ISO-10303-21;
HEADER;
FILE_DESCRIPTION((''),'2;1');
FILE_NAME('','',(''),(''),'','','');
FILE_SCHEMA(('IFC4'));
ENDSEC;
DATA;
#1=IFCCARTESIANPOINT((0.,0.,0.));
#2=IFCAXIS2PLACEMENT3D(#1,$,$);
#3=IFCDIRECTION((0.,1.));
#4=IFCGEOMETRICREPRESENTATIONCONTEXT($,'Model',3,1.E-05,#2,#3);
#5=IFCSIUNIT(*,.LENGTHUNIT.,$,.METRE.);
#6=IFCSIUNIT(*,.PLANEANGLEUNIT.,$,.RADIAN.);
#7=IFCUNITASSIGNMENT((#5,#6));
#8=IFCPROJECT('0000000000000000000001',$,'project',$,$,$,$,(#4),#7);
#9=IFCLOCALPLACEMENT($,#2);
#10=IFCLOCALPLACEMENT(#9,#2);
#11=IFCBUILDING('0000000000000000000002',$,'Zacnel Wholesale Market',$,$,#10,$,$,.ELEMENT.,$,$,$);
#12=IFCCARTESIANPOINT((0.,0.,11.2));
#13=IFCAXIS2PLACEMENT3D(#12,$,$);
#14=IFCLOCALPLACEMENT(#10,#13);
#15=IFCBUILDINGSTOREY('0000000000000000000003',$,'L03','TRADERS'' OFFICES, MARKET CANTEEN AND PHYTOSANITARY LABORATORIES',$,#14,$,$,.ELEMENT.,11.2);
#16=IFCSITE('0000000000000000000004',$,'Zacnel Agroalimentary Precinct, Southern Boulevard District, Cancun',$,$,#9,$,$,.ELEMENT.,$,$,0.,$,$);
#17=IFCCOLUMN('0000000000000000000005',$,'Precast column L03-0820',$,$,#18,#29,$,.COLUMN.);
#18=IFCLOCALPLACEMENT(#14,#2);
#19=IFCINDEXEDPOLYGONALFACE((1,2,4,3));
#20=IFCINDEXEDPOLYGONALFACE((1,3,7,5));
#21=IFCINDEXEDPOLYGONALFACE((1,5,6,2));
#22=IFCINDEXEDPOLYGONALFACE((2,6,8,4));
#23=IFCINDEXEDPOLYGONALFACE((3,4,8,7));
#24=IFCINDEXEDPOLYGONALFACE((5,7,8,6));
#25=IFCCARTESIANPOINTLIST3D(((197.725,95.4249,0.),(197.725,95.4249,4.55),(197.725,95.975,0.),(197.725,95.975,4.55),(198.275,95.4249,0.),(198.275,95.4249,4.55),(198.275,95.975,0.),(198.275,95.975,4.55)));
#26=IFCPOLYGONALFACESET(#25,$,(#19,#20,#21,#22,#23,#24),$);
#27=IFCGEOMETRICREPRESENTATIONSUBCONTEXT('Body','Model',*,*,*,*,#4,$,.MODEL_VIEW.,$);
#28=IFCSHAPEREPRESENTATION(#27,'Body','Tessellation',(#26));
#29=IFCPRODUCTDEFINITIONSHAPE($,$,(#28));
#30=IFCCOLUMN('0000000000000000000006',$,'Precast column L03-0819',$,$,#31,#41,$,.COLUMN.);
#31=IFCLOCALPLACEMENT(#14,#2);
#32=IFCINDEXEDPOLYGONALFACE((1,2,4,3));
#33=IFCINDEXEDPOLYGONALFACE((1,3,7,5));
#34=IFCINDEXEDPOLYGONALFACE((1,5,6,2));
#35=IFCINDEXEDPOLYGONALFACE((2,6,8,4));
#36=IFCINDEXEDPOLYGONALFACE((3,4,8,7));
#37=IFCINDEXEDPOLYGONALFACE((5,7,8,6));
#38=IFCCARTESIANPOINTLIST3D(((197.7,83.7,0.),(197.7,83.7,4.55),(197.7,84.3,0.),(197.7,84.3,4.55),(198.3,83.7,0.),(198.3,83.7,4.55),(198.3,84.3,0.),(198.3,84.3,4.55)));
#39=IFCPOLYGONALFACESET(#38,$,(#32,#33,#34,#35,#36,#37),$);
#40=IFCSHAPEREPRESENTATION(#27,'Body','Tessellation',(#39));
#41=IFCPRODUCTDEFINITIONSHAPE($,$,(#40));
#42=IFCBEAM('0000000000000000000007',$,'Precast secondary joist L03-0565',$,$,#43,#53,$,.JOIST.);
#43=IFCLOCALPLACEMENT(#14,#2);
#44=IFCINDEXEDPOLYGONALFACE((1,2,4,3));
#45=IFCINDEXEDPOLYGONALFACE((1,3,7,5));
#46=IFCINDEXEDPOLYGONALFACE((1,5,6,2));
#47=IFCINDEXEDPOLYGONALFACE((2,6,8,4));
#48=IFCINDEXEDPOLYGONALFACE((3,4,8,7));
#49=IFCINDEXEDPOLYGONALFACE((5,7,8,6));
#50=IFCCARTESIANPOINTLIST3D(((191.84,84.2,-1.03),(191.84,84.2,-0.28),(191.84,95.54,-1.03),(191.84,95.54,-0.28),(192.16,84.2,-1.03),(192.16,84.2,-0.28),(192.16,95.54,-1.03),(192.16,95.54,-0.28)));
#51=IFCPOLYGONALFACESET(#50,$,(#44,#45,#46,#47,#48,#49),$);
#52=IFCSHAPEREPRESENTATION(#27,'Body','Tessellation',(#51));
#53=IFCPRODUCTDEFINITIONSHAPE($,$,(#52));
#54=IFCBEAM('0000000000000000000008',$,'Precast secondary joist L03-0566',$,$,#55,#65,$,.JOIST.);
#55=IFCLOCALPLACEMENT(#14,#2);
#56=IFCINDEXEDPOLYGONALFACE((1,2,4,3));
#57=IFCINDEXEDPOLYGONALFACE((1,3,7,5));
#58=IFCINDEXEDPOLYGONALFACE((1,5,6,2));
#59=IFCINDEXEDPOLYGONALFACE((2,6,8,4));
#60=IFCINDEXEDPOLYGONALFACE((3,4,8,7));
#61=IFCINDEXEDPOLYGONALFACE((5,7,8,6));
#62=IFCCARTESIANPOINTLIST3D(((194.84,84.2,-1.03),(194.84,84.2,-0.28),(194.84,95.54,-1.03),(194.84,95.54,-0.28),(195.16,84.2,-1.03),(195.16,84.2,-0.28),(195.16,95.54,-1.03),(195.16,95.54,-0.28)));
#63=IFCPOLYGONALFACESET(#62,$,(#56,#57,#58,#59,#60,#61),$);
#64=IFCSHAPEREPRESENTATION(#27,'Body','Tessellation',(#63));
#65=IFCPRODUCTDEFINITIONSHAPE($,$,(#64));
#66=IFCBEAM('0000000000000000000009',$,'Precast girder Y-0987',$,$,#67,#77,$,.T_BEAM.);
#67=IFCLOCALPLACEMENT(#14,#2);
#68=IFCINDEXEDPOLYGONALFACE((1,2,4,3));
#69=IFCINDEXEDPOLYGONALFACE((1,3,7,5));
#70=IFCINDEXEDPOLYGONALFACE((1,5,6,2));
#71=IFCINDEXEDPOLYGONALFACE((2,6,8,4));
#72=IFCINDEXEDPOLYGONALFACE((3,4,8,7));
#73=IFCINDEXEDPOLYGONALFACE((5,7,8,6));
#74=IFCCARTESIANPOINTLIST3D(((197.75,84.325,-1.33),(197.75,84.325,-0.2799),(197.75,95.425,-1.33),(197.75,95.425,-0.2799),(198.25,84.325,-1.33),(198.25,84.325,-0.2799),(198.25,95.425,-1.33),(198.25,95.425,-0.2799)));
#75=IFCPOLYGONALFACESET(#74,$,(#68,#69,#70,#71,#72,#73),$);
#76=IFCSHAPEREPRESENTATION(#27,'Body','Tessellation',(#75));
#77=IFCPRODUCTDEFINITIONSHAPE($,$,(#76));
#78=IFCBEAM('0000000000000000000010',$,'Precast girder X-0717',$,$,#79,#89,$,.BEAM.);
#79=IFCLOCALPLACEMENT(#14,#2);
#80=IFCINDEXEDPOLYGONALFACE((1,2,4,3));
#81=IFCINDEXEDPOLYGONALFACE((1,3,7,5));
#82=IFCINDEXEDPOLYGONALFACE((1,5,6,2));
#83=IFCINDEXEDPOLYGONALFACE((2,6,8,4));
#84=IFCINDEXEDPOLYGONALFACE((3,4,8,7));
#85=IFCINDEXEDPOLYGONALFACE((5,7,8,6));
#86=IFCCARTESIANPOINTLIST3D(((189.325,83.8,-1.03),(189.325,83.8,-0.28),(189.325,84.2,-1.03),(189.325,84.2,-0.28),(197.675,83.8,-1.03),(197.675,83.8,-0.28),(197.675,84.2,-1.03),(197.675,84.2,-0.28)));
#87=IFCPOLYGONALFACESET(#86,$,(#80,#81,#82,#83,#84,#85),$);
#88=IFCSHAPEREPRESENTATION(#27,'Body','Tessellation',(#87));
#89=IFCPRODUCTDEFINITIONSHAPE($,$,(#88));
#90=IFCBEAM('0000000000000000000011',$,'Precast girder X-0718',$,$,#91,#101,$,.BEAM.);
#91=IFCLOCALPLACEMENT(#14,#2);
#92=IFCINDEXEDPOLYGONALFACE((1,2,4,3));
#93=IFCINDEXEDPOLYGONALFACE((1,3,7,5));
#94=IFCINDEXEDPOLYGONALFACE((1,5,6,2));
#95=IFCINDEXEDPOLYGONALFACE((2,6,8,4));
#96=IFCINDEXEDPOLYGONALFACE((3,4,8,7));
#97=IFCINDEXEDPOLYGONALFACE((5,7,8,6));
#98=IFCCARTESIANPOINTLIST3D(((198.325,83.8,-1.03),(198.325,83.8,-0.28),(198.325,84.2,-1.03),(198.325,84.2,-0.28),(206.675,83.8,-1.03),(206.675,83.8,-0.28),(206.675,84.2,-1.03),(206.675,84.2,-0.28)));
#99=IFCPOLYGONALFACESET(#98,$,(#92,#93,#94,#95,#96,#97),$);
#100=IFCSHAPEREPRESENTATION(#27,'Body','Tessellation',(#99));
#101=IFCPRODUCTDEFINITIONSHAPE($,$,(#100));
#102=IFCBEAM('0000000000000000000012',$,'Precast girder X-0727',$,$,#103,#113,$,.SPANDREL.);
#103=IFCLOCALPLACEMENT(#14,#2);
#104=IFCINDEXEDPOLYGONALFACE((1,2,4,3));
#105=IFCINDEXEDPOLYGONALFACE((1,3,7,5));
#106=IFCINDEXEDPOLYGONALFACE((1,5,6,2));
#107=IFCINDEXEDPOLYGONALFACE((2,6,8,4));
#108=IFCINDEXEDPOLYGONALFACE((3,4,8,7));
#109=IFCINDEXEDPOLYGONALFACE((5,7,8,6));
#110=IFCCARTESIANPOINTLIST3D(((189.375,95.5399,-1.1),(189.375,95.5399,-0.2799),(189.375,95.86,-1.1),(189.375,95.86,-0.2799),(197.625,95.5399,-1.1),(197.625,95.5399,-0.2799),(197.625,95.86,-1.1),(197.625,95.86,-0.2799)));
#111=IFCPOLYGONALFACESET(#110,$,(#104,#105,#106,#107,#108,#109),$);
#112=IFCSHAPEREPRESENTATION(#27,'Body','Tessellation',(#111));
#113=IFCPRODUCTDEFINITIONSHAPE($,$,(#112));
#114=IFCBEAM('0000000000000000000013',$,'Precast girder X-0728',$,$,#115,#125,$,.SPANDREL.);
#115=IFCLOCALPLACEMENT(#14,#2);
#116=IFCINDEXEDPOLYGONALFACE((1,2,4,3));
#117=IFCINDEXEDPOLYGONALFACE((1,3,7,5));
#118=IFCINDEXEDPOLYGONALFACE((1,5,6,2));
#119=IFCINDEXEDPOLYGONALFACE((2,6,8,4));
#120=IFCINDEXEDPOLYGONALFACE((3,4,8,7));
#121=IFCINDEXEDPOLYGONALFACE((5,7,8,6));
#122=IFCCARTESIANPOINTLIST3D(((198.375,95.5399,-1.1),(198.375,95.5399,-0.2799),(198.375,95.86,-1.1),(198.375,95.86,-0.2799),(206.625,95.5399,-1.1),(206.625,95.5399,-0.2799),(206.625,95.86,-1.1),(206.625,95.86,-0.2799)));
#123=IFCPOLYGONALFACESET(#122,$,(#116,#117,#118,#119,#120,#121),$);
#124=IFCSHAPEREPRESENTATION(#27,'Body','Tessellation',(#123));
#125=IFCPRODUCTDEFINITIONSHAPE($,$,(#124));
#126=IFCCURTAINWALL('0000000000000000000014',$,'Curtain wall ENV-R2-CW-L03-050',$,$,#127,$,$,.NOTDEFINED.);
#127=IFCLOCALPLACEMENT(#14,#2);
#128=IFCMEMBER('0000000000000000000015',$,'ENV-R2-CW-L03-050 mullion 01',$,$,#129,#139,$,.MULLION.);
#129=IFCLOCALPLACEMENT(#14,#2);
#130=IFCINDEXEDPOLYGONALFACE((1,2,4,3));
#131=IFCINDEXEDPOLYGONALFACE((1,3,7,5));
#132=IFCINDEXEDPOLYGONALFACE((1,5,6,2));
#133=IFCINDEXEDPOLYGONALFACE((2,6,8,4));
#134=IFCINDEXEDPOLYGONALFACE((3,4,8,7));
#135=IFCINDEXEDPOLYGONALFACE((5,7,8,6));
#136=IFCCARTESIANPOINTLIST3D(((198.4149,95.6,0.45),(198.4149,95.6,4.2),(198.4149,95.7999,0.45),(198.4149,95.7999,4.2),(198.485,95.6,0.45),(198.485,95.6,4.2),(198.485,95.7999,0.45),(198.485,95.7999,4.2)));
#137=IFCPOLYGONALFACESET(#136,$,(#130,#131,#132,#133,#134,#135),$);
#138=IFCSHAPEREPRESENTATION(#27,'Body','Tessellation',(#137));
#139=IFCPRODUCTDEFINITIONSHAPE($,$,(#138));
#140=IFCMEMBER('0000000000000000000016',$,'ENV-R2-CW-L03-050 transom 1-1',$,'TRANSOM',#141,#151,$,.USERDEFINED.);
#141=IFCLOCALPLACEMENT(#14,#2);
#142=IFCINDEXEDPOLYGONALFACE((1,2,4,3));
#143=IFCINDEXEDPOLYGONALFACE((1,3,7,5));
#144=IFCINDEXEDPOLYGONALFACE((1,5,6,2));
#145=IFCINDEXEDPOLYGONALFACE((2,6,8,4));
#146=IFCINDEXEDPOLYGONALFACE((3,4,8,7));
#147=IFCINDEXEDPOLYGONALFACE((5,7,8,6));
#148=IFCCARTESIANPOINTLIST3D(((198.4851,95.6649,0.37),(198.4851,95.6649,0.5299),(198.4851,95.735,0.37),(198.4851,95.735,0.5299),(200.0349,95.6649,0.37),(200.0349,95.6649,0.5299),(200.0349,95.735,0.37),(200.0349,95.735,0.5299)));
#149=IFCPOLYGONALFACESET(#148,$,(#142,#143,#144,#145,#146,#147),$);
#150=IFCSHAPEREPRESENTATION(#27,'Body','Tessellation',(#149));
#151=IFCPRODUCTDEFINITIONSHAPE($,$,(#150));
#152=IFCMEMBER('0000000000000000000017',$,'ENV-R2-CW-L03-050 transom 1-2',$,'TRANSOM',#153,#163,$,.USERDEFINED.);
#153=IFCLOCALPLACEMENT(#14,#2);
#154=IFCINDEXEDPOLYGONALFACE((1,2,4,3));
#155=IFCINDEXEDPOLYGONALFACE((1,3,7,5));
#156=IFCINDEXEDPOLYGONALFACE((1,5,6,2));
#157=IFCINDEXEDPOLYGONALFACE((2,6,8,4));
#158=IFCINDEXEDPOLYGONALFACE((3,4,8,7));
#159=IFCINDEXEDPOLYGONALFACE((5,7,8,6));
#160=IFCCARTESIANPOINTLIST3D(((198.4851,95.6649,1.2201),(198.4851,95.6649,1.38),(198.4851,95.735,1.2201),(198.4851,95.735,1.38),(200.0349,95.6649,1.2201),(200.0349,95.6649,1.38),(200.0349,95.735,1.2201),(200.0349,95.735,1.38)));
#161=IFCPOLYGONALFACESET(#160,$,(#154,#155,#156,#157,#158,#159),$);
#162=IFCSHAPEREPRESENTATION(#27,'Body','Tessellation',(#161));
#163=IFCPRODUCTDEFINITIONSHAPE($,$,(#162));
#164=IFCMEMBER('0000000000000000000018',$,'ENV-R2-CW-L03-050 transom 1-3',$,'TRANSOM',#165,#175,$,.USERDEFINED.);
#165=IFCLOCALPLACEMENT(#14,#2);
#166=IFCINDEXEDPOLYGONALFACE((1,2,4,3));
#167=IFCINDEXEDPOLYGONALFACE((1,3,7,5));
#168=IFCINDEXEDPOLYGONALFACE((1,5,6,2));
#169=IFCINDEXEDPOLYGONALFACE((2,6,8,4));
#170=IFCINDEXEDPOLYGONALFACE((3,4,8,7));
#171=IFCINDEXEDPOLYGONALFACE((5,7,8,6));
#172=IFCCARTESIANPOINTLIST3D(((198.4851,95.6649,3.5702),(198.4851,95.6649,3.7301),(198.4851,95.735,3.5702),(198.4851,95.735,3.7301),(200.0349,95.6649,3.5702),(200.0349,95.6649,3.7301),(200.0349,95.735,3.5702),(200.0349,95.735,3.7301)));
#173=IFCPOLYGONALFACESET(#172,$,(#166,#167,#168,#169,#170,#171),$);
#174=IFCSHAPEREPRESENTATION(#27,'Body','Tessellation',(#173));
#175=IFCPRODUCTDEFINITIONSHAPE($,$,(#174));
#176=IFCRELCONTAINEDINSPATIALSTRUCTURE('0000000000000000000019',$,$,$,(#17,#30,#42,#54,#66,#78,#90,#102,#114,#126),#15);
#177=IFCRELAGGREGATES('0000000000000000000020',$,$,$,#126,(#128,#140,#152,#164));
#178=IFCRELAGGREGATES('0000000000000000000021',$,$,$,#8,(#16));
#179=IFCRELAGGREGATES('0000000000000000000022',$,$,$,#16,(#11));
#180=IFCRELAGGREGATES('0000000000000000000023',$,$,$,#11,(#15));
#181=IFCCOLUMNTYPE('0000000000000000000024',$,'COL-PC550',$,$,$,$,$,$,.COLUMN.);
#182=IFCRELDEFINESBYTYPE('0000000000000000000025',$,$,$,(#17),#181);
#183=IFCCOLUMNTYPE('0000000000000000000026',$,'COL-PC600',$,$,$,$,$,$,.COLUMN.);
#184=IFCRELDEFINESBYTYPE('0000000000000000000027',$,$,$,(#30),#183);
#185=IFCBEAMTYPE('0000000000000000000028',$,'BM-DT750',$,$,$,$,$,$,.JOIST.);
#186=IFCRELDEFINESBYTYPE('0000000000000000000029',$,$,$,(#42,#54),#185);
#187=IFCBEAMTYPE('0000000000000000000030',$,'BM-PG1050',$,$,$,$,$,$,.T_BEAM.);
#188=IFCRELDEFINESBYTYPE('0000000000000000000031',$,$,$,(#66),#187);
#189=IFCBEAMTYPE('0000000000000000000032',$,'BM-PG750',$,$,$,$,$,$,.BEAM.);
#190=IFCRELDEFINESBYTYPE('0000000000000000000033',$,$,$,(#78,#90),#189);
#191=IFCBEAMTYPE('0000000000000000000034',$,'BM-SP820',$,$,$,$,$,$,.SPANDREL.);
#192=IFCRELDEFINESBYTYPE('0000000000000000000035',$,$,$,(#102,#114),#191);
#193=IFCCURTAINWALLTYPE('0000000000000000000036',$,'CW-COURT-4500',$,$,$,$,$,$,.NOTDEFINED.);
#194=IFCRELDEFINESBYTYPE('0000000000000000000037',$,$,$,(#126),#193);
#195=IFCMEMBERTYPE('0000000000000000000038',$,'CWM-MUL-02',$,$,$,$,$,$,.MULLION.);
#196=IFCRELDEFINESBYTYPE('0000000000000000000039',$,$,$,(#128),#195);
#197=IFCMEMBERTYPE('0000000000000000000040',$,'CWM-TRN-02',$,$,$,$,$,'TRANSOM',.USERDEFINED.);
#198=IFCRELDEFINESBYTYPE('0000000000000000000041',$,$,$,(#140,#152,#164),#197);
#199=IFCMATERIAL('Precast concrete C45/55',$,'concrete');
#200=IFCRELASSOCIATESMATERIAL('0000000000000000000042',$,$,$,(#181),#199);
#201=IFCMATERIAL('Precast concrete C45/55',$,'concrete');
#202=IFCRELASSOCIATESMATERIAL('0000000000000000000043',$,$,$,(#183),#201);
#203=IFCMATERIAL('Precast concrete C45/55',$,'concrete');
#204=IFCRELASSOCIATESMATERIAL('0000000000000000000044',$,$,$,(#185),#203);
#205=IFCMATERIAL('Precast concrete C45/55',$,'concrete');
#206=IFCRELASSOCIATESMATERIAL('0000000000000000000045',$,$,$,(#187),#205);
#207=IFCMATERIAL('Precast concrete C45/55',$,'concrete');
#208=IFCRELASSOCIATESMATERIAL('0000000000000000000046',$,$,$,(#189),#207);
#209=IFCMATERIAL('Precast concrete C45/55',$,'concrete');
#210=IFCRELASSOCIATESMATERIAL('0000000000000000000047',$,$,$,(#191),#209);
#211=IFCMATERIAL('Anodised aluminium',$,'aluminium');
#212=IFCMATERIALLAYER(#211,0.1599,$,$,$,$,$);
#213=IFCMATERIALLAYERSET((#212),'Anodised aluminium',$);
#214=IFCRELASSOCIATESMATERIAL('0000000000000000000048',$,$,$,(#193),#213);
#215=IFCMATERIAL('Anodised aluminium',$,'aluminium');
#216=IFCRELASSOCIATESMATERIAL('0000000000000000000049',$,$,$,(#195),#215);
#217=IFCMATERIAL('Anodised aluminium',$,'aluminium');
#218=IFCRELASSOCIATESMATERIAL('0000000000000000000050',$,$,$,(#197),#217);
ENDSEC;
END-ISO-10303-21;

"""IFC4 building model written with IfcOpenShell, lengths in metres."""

from ifc_helpers import new_model, si_unit, direction, frame, origin, origin_2d, place, context, subcontext, project, spatial, rectangle, extrude, material, layer, layer_set, material_profile, profile_set, type_object, element, aggregate, save


model = new_model("IFC4")

# Units and contexts
model_context = context("Model", 3, precision=1e-05, world=origin(), true_north=direction((0.0, 1.0)))
body_context = subcontext(model_context, "Body", "Model", "MODEL_VIEW")
ifc_project = project(units=[si_unit("LENGTHUNIT", "METRE"), si_unit("PLANEANGLEUNIT", "RADIAN")], contexts=[model_context])

# Site, building, storey
site_placement = place(None, origin())
site = spatial("IfcSite", under=ifc_project, at=site_placement, Name="Zacnel Agroalimentary Precinct, Southern Boulevard District, Cancun", CompositionType="ELEMENT", RefElevation=0.0)
building_placement = place(site_placement, origin())
building = spatial("IfcBuilding", under=site, at=building_placement, Name="Zacnel Wholesale Market", CompositionType="ELEMENT")
storey_placement = place(building_placement, frame((0.0, 0.0, 11.2)))
storey = spatial("IfcBuildingStorey", under=building, at=storey_placement, Name="L03", Description="TRADERS' OFFICES, MARKET CANTEEN AND PHYTOSANITARY LABORATORIES", CompositionType="ELEMENT", Elevation=11.2)

# Columns
ifc_material_1 = material(Name="Precast concrete C45/55", Category="concrete")
ifc_material_profile_1 = material_profile(ifc_material_1, rectangle(XDim=0.55, YDim=0.55, at=origin_2d()), Name="PC 550x550")
ifc_profile_set_1 = profile_set([ifc_material_profile_1], Name="Precast concrete C45/55")
column_type_1 = type_object("IfcColumnType", Name="COL-PC550", PredefinedType="COLUMN", material=ifc_profile_set_1)
column_1_placement = place(storey_placement, frame((198.0, 95.7, 0.0), z_axis=(0.0, 0.0, 1.0), x_axis=(1.0, 0.0, 0.0)))
element("IfcColumn", 1, at=column_1_placement, inside=storey, type_object=column_type_1, Name="Precast column L03-0820", PredefinedType="COLUMN", context=body_context, shape_type="SweptSolid", body=[
    extrude(rectangle(XDim=0.55, YDim=0.55, at=origin_2d()), origin(), (0.0, 0.0, 1.0), 4.55),
])
ifc_material_2 = material(Name="Precast concrete C45/55", Category="concrete")
ifc_material_profile_2 = material_profile(ifc_material_2, rectangle(XDim=0.6001, YDim=0.6001, at=origin_2d()), Name="PC 600x600")
ifc_profile_set_2 = profile_set([ifc_material_profile_2], Name="Precast concrete C45/55")
column_type_2 = type_object("IfcColumnType", Name="COL-PC600", PredefinedType="COLUMN", material=ifc_profile_set_2)
column_2_placement = place(storey_placement, frame((198.0, 84.0, 0.0), z_axis=(0.0, 0.0, 1.0), x_axis=(1.0, 0.0, 0.0)))
element("IfcColumn", 2, at=column_2_placement, inside=storey, type_object=column_type_2, Name="Precast column L03-0819", PredefinedType="COLUMN", context=body_context, shape_type="SweptSolid", body=[
    extrude(rectangle(XDim=0.6001, YDim=0.6001, at=origin_2d()), origin(), (0.0, 0.0, 1.0), 4.55),
])

# Beams
ifc_material_3 = material(Name="Precast concrete C45/55", Category="concrete")
ifc_material_profile_3 = material_profile(ifc_material_3, rectangle(XDim=0.3201, YDim=0.75, at=origin_2d()), Name="DT RIB 320x750")
ifc_profile_set_3 = profile_set([ifc_material_profile_3], Name="Precast concrete C45/55")
beam_type_1 = type_object("IfcBeamType", Name="BM-DT750", PredefinedType="JOIST", material=ifc_profile_set_3)
for number, where, z_axis, x_axis, name in (
    (3, (192.0, 84.2, -0.655), (0.0, 1.0, 0.0), (-1.0, 0.0, 0.0), "Precast secondary joist L03-0565"),
    (4, (195.0, 84.2, -0.655), (0.0, 1.0, 0.0), (-1.0, 0.0, 0.0), "Precast secondary joist L03-0566"),
):
    element("IfcBeam", number, at=place(storey_placement, frame(where, z_axis=z_axis, x_axis=x_axis)), inside=storey, type_object=beam_type_1, Name=name, PredefinedType="JOIST", context=body_context, shape_type="SweptSolid", body=[
        extrude(rectangle(XDim=0.3201, YDim=0.75, at=origin_2d()), origin(), (0.0, 0.0, 1.0), 11.3401),
    ])
ifc_material_4 = material(Name="Precast concrete C45/55", Category="concrete")
ifc_material_profile_4 = material_profile(ifc_material_4, rectangle(XDim=0.5, YDim=1.05, at=origin_2d()), Name="PG 500x1050")
ifc_profile_set_4 = profile_set([ifc_material_profile_4], Name="Precast concrete C45/55")
beam_type_2 = type_object("IfcBeamType", Name="BM-PG1050", PredefinedType="T_BEAM", material=ifc_profile_set_4)
beam_placement = place(storey_placement, frame((198.0, 84.325, -0.8049), z_axis=(0.0, 1.0, 0.0), x_axis=(-1.0, 0.0, 0.0)))
element("IfcBeam", 5, at=beam_placement, inside=storey, type_object=beam_type_2, Name="Precast girder Y-0987", PredefinedType="T_BEAM", context=body_context, shape_type="SweptSolid", body=[
    extrude(rectangle(XDim=0.5, YDim=1.05, at=origin_2d()), origin(), (0.0, 0.0, 1.0), 11.1001),
])
ifc_material_5 = material(Name="Precast concrete C45/55", Category="concrete")
ifc_material_profile_5 = material_profile(ifc_material_5, rectangle(XDim=0.3999, YDim=0.75, at=origin_2d()), Name="PG 400x750")
ifc_profile_set_5 = profile_set([ifc_material_profile_5], Name="Precast concrete C45/55")
beam_type_3 = type_object("IfcBeamType", Name="BM-PG750", PredefinedType="BEAM", material=ifc_profile_set_5)
for number, where, z_axis, x_axis, name in (
    (6, (189.325, 84.0, -0.655), (1.0, 0.0, 0.0), (0.0, 1.0, 0.0), "Precast girder X-0717"),
    (7, (198.325, 84.0, -0.655), (1.0, 0.0, 0.0), (0.0, 1.0, 0.0), "Precast girder X-0718"),
):
    element("IfcBeam", number, at=place(storey_placement, frame(where, z_axis=z_axis, x_axis=x_axis)), inside=storey, type_object=beam_type_3, Name=name, PredefinedType="BEAM", context=body_context, shape_type="SweptSolid", body=[
        extrude(rectangle(XDim=0.3999, YDim=0.75, at=origin_2d()), origin(), (0.0, 0.0, 1.0), 8.3501),
    ])
ifc_material_6 = material(Name="Precast concrete C45/55", Category="concrete")
ifc_material_profile_6 = material_profile(ifc_material_6, rectangle(XDim=0.3201, YDim=0.8201, at=origin_2d()), Name="SP 320x820")
ifc_profile_set_6 = profile_set([ifc_material_profile_6], Name="Precast concrete C45/55")
beam_type_4 = type_object("IfcBeamType", Name="BM-SP820", PredefinedType="SPANDREL", material=ifc_profile_set_6)
for number, where, z_axis, x_axis, name in (
    (8, (189.375, 95.7, -0.6899), (1.0, 0.0, 0.0), (0.0, 1.0, 0.0), "Precast girder X-0727"),
    (9, (198.375, 95.7, -0.6899), (1.0, 0.0, 0.0), (0.0, 1.0, 0.0), "Precast girder X-0728"),
):
    element("IfcBeam", number, at=place(storey_placement, frame(where, z_axis=z_axis, x_axis=x_axis)), inside=storey, type_object=beam_type_4, Name=name, PredefinedType="SPANDREL", context=body_context, shape_type="SweptSolid", body=[
        extrude(rectangle(XDim=0.3201, YDim=0.8201, at=origin_2d()), origin(), (0.0, 0.0, 1.0), 8.25),
    ])

# Curtain wall, members
ifc_material_7 = material(Name="Anodised aluminium", Category="aluminium")
ifc_layer_1 = layer(ifc_material_7, 0.1599)
ifc_layer_set_1 = layer_set([ifc_layer_1], Name="Anodised aluminium")
curtain_wall_type = type_object("IfcCurtainWallType", Name="CW-COURT-4500", PredefinedType="NOTDEFINED", material=ifc_layer_set_1)
curtain_wall_placement = place(storey_placement, origin())
curtain_wall = element("IfcCurtainWall", 10, at=curtain_wall_placement, inside=storey, type_object=curtain_wall_type, Name="Curtain wall ENV-R2-CW-L03-050", PredefinedType="NOTDEFINED")
ifc_material_8 = material(Name="Anodised aluminium", Category="aluminium")
ifc_material_profile_7 = material_profile(ifc_material_8, rectangle(XDim=0.0701, YDim=0.2, at=origin_2d()), Name="AW-MULLION 70x200")
ifc_profile_set_7 = profile_set([ifc_material_profile_7], Name="Anodised aluminium")
member_type_1 = type_object("IfcMemberType", Name="CWM-MUL-02", PredefinedType="MULLION", material=ifc_profile_set_7)
member_1_placement = place(storey_placement, frame((198.45, 95.7, 0.45), z_axis=(0.0, 0.0, 1.0), x_axis=(1.0, 0.0, 0.0)))
member_1 = element("IfcMember", 11, at=member_1_placement, type_object=member_type_1, Name="ENV-R2-CW-L03-050 mullion 01", PredefinedType="MULLION", context=body_context, shape_type="SweptSolid", body=[
    extrude(rectangle(XDim=0.0701, YDim=0.2, at=origin_2d()), origin(), (0.0, 0.0, 1.0), 3.75),
])
ifc_material_9 = material(Name="Anodised aluminium", Category="aluminium")
ifc_material_profile_8 = material_profile(ifc_material_9, rectangle(XDim=0.0701, YDim=0.1599, at=origin_2d()), Name="AW-TRANSOM 70x160")
ifc_profile_set_8 = profile_set([ifc_material_profile_8], Name="Anodised aluminium")
member_type_2 = type_object("IfcMemberType", Name="CWM-TRN-02", ElementType="TRANSOM", PredefinedType="USERDEFINED", material=ifc_profile_set_8)
member_2_placement = place(storey_placement, frame((198.4851, 95.7, 0.45), z_axis=(1.0, 0.0, 0.0), x_axis=(0.0, 1.0, 0.0)))
member_2 = element("IfcMember", 12, at=member_2_placement, type_object=member_type_2, Name="ENV-R2-CW-L03-050 transom 1-1", ObjectType="TRANSOM", PredefinedType="USERDEFINED", context=body_context, shape_type="SweptSolid", body=[
    extrude(rectangle(XDim=0.0701, YDim=0.1599, at=origin_2d()), origin(), (0.0, 0.0, 1.0), 1.5498),
])
member_3_placement = place(storey_placement, frame((198.4851, 95.7, 1.3), z_axis=(1.0, 0.0, 0.0), x_axis=(0.0, 1.0, 0.0)))
member_3 = element("IfcMember", 13, at=member_3_placement, type_object=member_type_2, Name="ENV-R2-CW-L03-050 transom 1-2", ObjectType="TRANSOM", PredefinedType="USERDEFINED", context=body_context, shape_type="SweptSolid", body=[
    extrude(rectangle(XDim=0.0701, YDim=0.1599, at=origin_2d()), origin(), (0.0, 0.0, 1.0), 1.5498),
])
member_4_placement = place(storey_placement, frame((198.4851, 95.7, 3.6501), z_axis=(1.0, 0.0, 0.0), x_axis=(0.0, 1.0, 0.0)))
member_4 = element("IfcMember", 14, at=member_4_placement, type_object=member_type_2, Name="ENV-R2-CW-L03-050 transom 1-3", ObjectType="TRANSOM", PredefinedType="USERDEFINED", context=body_context, shape_type="SweptSolid", body=[
    extrude(rectangle(XDim=0.0701, YDim=0.1599, at=origin_2d()), origin(), (0.0, 0.0, 1.0), 1.5498),
])
aggregate(curtain_wall, [member_1, member_2, member_3, member_4])

save(model, "model.ifc")
